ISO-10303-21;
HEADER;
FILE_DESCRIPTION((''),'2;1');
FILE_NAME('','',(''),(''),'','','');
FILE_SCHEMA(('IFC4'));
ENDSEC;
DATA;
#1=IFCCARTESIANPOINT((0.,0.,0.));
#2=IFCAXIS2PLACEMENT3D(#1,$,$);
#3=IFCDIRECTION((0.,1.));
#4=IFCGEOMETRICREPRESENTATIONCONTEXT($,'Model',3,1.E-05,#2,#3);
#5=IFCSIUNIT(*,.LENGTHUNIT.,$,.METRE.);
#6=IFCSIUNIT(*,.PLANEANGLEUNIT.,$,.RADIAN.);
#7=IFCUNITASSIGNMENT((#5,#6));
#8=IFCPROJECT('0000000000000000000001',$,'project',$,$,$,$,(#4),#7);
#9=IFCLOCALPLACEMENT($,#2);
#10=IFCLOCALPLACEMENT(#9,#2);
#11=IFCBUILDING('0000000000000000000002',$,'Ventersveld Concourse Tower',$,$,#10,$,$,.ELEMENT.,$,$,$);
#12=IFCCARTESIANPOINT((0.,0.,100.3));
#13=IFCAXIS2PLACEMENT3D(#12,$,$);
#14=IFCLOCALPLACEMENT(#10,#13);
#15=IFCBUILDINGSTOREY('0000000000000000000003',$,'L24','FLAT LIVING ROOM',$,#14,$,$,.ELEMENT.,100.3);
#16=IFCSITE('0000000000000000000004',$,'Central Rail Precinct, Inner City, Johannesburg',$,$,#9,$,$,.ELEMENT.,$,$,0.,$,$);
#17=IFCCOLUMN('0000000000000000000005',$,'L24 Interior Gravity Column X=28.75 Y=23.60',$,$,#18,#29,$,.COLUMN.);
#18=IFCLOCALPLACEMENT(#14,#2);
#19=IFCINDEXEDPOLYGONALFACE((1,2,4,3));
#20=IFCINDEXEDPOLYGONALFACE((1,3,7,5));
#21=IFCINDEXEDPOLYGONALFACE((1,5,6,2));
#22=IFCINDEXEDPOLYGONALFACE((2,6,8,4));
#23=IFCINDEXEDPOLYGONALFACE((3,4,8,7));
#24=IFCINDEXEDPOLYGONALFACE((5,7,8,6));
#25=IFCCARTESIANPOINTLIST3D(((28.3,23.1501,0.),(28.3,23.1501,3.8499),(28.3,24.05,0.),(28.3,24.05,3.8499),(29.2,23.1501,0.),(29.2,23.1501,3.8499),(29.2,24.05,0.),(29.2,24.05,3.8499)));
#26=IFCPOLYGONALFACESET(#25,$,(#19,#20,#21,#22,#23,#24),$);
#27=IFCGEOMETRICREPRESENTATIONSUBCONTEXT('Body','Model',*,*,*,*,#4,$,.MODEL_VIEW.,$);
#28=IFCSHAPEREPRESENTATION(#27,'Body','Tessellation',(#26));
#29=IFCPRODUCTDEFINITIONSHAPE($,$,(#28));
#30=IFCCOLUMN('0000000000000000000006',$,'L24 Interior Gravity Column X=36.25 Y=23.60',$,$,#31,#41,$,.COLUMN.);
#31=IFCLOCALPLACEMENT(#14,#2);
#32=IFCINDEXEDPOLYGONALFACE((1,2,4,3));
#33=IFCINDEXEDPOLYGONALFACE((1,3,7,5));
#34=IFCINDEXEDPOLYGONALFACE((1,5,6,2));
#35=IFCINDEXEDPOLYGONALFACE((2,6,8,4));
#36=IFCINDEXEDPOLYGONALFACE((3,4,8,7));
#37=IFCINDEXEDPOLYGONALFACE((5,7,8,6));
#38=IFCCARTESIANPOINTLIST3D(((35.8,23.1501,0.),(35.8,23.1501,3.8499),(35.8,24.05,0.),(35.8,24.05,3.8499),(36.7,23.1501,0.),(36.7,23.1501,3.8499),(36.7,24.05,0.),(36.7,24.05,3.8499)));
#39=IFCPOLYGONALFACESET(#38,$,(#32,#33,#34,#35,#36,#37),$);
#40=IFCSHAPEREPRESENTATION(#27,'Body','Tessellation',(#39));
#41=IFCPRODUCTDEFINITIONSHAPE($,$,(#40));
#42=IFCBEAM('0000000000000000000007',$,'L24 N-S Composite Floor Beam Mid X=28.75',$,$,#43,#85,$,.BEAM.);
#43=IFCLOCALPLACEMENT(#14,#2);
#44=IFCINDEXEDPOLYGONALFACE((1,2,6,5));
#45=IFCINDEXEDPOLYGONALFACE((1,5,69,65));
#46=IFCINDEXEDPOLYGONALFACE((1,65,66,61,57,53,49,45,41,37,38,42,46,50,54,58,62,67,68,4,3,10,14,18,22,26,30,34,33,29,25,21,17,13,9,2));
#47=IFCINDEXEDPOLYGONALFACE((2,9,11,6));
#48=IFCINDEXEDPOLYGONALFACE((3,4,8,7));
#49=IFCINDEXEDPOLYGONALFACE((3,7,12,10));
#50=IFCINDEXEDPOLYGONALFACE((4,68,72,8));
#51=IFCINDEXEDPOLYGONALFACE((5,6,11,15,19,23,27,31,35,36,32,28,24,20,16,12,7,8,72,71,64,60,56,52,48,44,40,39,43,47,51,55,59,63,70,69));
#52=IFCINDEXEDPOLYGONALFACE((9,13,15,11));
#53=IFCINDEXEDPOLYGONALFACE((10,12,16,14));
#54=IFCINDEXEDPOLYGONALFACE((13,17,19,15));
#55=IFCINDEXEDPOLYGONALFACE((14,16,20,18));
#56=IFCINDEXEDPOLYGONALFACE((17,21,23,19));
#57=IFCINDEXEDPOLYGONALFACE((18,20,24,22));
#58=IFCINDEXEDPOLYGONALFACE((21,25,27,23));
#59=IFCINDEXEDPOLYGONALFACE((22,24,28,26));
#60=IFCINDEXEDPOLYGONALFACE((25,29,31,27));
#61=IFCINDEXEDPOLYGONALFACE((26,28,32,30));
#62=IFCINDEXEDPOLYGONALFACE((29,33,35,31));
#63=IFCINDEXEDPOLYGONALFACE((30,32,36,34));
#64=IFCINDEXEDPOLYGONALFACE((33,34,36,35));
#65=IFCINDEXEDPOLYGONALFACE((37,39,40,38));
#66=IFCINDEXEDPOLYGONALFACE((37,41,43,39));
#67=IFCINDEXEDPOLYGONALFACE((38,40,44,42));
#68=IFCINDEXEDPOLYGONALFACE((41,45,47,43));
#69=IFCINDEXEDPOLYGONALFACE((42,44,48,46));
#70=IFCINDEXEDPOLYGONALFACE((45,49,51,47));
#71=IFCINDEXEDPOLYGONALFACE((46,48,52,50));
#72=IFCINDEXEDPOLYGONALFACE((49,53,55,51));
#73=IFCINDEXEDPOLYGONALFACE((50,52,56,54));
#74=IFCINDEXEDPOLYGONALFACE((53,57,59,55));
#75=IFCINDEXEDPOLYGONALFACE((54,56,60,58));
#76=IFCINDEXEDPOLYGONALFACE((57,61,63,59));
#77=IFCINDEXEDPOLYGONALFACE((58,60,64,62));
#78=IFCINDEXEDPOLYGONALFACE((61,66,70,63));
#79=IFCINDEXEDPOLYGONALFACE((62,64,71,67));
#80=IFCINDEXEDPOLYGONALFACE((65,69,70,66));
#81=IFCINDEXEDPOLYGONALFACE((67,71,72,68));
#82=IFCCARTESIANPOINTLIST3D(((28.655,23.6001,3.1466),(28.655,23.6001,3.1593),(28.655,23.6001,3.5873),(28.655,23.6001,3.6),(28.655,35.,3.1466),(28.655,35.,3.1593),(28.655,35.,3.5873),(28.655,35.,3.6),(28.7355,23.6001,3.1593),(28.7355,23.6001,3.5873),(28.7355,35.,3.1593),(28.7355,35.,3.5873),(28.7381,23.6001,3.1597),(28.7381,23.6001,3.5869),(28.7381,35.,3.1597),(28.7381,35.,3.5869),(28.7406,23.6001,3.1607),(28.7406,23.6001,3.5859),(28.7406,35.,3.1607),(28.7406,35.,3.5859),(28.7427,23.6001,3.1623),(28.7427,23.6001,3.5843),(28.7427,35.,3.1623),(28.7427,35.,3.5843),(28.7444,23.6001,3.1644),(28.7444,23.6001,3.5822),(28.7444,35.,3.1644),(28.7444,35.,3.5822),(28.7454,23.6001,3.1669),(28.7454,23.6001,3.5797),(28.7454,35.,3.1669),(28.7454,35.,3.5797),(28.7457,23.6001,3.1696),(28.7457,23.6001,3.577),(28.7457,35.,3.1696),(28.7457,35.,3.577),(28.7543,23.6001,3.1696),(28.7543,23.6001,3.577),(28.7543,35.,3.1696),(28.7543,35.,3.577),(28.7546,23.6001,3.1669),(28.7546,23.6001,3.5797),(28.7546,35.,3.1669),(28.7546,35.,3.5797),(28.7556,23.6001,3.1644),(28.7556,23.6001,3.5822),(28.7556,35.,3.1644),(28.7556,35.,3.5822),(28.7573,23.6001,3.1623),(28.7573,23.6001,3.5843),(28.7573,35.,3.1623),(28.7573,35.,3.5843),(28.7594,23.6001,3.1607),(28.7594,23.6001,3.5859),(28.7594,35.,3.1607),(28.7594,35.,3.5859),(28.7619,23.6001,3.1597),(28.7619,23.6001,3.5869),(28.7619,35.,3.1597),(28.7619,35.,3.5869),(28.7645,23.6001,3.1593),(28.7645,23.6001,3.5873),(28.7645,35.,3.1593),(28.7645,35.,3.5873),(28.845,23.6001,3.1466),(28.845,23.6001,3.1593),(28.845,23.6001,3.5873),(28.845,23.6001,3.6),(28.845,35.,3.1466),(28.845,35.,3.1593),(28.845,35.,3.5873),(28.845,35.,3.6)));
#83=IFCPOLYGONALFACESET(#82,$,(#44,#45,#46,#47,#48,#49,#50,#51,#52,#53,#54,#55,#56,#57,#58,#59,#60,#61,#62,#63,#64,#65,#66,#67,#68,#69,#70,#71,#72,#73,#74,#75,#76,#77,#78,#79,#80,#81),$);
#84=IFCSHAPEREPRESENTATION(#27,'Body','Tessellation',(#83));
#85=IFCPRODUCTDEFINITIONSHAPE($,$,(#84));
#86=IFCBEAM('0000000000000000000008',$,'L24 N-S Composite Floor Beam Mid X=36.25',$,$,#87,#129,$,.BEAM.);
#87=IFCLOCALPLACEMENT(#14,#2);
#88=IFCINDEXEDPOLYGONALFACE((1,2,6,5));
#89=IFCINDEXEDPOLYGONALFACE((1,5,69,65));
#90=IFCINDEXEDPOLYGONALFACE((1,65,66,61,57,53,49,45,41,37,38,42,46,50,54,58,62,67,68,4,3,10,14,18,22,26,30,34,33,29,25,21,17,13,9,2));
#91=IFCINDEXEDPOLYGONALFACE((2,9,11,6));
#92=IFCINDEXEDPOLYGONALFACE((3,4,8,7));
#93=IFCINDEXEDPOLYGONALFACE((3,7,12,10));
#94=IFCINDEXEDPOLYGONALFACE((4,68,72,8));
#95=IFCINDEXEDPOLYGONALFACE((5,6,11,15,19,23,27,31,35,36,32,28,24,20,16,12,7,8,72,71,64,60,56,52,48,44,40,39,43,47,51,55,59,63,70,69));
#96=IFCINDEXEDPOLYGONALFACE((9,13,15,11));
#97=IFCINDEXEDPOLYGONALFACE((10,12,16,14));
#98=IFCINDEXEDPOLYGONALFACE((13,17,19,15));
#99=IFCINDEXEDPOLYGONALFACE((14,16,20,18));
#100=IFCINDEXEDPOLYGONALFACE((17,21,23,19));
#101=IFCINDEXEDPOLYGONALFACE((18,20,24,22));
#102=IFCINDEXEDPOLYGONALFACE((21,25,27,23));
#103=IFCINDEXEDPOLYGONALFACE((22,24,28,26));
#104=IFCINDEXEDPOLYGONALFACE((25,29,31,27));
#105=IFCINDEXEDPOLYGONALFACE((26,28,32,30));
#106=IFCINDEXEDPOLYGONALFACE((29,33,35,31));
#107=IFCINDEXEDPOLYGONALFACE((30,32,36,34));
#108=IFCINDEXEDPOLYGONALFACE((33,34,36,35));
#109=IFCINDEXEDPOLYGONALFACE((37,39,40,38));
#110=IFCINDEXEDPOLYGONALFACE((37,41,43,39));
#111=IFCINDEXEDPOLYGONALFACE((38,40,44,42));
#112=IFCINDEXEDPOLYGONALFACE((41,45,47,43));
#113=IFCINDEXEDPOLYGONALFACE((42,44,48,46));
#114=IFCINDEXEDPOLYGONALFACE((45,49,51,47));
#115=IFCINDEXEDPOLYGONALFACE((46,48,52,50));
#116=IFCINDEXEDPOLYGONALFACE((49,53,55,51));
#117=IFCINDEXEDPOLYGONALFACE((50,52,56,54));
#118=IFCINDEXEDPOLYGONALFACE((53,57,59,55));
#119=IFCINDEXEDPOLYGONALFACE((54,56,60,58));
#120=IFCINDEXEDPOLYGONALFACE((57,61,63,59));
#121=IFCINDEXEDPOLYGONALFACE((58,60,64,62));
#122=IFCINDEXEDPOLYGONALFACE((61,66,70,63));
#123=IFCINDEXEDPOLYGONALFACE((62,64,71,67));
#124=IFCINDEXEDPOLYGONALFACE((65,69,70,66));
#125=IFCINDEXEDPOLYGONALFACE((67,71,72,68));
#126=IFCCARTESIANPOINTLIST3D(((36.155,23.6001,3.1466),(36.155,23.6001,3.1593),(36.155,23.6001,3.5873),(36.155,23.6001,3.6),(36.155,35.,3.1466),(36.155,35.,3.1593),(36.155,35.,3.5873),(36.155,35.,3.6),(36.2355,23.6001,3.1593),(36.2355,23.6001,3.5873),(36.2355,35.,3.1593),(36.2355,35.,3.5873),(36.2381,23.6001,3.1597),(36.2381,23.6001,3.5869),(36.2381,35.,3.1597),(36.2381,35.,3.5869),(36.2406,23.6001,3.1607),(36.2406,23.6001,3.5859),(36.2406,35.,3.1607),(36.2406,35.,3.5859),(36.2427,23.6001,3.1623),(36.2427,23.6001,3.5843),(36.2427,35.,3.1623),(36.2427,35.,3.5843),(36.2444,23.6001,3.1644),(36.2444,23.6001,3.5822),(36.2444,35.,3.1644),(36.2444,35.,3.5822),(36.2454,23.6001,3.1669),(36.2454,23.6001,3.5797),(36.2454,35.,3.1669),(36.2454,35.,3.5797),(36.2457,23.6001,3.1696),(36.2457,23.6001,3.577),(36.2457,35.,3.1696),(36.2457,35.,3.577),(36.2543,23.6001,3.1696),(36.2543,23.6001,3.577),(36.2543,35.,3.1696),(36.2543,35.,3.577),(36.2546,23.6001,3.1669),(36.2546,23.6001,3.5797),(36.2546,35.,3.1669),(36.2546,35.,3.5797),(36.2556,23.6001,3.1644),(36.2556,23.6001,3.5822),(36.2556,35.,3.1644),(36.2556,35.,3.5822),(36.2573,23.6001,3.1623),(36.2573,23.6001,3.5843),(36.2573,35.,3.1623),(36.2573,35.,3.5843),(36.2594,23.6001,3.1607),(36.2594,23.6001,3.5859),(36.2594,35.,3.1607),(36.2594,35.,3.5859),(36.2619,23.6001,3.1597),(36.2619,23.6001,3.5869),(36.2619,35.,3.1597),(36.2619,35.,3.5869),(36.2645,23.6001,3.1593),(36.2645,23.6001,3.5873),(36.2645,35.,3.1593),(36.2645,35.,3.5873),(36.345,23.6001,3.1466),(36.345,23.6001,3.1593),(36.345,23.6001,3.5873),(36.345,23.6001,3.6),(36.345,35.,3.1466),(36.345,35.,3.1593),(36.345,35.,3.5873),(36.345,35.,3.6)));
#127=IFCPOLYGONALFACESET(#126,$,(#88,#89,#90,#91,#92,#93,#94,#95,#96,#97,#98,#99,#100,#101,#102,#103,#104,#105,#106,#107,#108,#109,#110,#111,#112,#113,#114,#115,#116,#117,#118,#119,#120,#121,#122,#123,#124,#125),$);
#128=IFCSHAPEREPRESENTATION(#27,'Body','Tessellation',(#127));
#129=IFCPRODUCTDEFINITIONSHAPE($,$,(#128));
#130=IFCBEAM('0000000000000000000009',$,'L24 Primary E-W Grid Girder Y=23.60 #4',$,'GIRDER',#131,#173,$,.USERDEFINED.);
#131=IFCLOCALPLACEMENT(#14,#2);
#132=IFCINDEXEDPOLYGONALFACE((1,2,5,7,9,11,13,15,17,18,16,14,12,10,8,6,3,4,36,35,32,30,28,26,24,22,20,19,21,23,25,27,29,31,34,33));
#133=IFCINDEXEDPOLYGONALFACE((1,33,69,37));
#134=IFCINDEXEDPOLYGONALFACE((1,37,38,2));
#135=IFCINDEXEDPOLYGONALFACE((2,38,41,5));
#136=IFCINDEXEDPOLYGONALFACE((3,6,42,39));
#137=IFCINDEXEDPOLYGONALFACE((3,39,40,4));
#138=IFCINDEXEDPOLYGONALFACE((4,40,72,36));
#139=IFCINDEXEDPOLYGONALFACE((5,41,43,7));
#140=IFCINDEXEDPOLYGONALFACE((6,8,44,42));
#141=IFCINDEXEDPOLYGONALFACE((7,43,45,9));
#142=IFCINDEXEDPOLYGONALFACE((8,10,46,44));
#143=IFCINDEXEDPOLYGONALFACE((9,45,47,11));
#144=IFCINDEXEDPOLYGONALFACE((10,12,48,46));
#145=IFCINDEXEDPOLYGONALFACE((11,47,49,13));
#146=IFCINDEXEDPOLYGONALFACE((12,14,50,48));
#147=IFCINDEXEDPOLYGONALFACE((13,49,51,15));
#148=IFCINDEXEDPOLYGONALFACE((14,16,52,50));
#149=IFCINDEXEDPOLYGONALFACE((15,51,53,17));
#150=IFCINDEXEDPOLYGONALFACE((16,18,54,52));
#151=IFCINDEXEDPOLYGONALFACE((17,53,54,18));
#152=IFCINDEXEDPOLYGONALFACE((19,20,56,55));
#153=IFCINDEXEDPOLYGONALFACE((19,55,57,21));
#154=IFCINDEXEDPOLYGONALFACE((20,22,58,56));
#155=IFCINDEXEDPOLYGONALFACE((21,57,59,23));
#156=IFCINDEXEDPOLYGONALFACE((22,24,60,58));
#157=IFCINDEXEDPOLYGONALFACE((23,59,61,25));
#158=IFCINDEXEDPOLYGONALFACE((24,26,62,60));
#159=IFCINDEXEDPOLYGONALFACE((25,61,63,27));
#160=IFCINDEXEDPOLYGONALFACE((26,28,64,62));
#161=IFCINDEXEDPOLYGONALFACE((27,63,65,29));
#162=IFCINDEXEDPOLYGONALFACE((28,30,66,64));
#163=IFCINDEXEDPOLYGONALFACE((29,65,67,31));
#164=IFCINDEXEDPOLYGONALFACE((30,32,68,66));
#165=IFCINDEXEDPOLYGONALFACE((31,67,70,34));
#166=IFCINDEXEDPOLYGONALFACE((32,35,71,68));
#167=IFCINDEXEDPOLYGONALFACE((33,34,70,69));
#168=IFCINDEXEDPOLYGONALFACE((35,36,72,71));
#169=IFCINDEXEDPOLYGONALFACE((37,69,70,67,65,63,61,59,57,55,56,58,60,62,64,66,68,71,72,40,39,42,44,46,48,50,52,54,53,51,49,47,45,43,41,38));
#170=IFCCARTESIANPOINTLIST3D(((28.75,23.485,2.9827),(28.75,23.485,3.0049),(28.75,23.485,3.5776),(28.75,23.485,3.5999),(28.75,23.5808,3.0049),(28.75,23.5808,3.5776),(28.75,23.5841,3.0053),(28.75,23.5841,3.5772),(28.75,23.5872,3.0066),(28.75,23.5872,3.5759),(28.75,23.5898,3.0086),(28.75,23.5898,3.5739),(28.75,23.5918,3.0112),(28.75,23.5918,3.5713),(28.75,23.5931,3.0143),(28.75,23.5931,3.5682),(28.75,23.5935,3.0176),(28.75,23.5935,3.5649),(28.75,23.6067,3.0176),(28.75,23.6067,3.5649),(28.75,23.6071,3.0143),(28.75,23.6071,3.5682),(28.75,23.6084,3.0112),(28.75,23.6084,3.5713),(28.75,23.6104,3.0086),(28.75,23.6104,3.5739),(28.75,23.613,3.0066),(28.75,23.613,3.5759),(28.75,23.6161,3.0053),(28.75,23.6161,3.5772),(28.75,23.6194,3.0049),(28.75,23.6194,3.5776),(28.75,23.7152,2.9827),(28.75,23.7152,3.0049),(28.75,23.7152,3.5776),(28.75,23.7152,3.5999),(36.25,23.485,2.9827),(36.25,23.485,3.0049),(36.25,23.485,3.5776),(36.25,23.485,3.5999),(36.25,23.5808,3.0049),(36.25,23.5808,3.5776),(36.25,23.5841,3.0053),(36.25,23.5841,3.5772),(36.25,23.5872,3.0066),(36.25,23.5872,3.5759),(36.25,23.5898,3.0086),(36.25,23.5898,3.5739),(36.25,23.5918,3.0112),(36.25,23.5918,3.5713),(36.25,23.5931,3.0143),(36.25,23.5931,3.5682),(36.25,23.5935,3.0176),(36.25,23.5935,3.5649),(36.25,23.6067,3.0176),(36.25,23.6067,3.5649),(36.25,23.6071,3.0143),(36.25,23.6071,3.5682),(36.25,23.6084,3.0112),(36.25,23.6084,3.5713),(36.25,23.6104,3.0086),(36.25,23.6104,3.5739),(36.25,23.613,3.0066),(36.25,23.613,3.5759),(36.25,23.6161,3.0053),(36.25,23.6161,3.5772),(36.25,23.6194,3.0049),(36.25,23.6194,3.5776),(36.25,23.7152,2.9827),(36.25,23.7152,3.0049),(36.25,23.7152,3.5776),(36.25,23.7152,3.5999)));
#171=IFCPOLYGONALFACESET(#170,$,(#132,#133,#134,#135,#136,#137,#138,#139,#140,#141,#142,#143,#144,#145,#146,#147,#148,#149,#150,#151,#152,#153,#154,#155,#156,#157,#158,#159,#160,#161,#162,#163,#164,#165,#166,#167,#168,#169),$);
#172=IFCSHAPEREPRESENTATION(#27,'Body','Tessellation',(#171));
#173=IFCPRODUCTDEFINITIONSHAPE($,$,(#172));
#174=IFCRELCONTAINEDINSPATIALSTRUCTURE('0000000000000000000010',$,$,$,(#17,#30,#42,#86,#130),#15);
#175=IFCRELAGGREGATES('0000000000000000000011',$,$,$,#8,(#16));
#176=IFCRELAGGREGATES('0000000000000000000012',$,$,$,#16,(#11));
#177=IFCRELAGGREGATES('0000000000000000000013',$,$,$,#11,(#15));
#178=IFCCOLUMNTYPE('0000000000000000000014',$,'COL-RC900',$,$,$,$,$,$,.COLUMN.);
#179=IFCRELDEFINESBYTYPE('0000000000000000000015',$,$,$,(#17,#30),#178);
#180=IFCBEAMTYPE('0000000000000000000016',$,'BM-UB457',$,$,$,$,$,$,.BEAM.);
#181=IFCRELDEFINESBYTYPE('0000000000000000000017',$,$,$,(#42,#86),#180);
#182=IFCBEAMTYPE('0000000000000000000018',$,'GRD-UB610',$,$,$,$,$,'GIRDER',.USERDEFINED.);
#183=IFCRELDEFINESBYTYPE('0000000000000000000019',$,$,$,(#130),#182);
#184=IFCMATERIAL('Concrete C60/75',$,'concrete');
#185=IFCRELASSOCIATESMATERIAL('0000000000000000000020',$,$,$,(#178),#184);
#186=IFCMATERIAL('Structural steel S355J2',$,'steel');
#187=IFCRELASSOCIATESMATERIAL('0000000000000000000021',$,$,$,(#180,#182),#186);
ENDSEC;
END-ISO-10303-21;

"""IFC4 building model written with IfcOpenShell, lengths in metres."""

from ifc_helpers import new_model, si_unit, direction, frame, origin, origin_2d, place, context, subcontext, project, spatial, rectangle, i_section, extrude, material, material_profile, profile_set, type_object, element, save


model = new_model("IFC4")

# Units and contexts
model_context = context("Model", 3, precision=1e-05, world=origin(), true_north=direction((0.0, 1.0)))
body_context = subcontext(model_context, "Body", "Model", "MODEL_VIEW")
ifc_project = project(units=[si_unit("LENGTHUNIT", "METRE"), si_unit("PLANEANGLEUNIT", "RADIAN")], contexts=[model_context])

# Site, building, storey
site_placement = place(None, origin())
site = spatial("IfcSite", under=ifc_project, at=site_placement, Name="Central Rail Precinct, Inner City, Johannesburg", CompositionType="ELEMENT", RefElevation=0.0)
building_placement = place(site_placement, origin())
building = spatial("IfcBuilding", under=site, at=building_placement, Name="Ventersveld Concourse Tower", CompositionType="ELEMENT")
storey_placement = place(building_placement, frame((0.0, 0.0, 100.3)))
storey = spatial("IfcBuildingStorey", under=building, at=storey_placement, Name="L24", Description="FLAT LIVING ROOM", CompositionType="ELEMENT", Elevation=100.3)

# Columns
ifc_material_1 = material(Name="Concrete C60/75", Category="concrete")
ifc_material_profile_1 = material_profile(ifc_material_1, rectangle(XDim=0.8999, YDim=0.8999, at=origin_2d()), Name="RC 900x900")
ifc_profile_set_1 = profile_set([ifc_material_profile_1], Name="Concrete C60/75")
column_type = type_object("IfcColumnType", Name="COL-RC900", PredefinedType="COLUMN", material=ifc_profile_set_1)
for number, where, z_axis, x_axis, name in (
    (1, (28.75, 23.6001, 0.0), (0.0, 0.0, 1.0), (1.0, 0.0, 0.0), "L24 Interior Gravity Column X=28.75 Y=23.60"),
    (2, (36.25, 23.6001, 0.0), (0.0, 0.0, 1.0), (1.0, 0.0, 0.0), "L24 Interior Gravity Column X=36.25 Y=23.60"),
):
    element("IfcColumn", number, at=place(storey_placement, frame(where, z_axis=z_axis, x_axis=x_axis)), inside=storey, type_object=column_type, Name=name, PredefinedType="COLUMN", context=body_context, shape_type="SweptSolid", body=[
        extrude(rectangle(XDim=0.8999, YDim=0.8999, at=origin_2d()), origin(), (0.0, 0.0, 1.0), 3.8499),
    ])

# Beams
ifc_material_2 = material(Name="Structural steel S355J2", Category="steel")
ifc_material_profile_2 = material_profile(ifc_material_2, i_section(OverallWidth=0.1899, OverallDepth=0.4534, WebThickness=0.0085, FlangeThickness=0.0127, FilletRadius=0.0103, at=origin_2d()), Name="UB 457x191x67")
ifc_profile_set_2 = profile_set([ifc_material_profile_2], Name="Structural steel S355J2")
beam_type_1 = type_object("IfcBeamType", Name="BM-UB457", PredefinedType="BEAM", material=ifc_profile_set_2)
for number, where, z_axis, x_axis, name in (
    (3, (28.75, 23.6001, 3.3733), (0.0, 1.0, 0.0), (-1.0, 0.0, 0.0), "L24 N-S Composite Floor Beam Mid X=28.75"),
    (4, (36.25, 23.6001, 3.3733), (0.0, 1.0, 0.0), (-1.0, 0.0, 0.0), "L24 N-S Composite Floor Beam Mid X=36.25"),
):
    element("IfcBeam", number, at=place(storey_placement, frame(where, z_axis=z_axis, x_axis=x_axis)), inside=storey, type_object=beam_type_1, Name=name, PredefinedType="BEAM", context=body_context, shape_type="SweptSolid", body=[
        extrude(i_section(OverallWidth=0.1899, OverallDepth=0.4534, WebThickness=0.0085, FlangeThickness=0.0127, FilletRadius=0.0103, at=origin_2d()), origin(), (0.0, 0.0, 1.0), 11.3999),
    ])
ifc_material_profile_3 = material_profile(ifc_material_2, i_section(OverallWidth=0.2302, OverallDepth=0.6172, WebThickness=0.0132, FlangeThickness=0.0222, FilletRadius=0.0127, at=origin_2d()), Name="UB 610x229x140")
ifc_profile_set_3 = profile_set([ifc_material_profile_3], Name="Structural steel S355J2")
beam_type_2 = type_object("IfcBeamType", Name="GRD-UB610", ElementType="GIRDER", PredefinedType="USERDEFINED", material=ifc_profile_set_3)
for number, where, z_axis, x_axis, name in (
    (5, (28.75, 23.6001, 3.2913), (1.0, 0.0, 0.0), (0.0, 1.0, 0.0), "L24 Primary E-W Grid Girder Y=23.60 #4"),
):
    element("IfcBeam", number, at=place(storey_placement, frame(where, z_axis=z_axis, x_axis=x_axis)), inside=storey, type_object=beam_type_2, Name=name, ObjectType="GIRDER", PredefinedType="USERDEFINED", context=body_context, shape_type="SweptSolid", body=[
        extrude(i_section(OverallWidth=0.2302, OverallDepth=0.6172, WebThickness=0.0132, FlangeThickness=0.0222, FilletRadius=0.0127, at=origin_2d()), origin(), (0.0, 0.0, 1.0), 7.5),
    ])

save(model, "model.ifc")
